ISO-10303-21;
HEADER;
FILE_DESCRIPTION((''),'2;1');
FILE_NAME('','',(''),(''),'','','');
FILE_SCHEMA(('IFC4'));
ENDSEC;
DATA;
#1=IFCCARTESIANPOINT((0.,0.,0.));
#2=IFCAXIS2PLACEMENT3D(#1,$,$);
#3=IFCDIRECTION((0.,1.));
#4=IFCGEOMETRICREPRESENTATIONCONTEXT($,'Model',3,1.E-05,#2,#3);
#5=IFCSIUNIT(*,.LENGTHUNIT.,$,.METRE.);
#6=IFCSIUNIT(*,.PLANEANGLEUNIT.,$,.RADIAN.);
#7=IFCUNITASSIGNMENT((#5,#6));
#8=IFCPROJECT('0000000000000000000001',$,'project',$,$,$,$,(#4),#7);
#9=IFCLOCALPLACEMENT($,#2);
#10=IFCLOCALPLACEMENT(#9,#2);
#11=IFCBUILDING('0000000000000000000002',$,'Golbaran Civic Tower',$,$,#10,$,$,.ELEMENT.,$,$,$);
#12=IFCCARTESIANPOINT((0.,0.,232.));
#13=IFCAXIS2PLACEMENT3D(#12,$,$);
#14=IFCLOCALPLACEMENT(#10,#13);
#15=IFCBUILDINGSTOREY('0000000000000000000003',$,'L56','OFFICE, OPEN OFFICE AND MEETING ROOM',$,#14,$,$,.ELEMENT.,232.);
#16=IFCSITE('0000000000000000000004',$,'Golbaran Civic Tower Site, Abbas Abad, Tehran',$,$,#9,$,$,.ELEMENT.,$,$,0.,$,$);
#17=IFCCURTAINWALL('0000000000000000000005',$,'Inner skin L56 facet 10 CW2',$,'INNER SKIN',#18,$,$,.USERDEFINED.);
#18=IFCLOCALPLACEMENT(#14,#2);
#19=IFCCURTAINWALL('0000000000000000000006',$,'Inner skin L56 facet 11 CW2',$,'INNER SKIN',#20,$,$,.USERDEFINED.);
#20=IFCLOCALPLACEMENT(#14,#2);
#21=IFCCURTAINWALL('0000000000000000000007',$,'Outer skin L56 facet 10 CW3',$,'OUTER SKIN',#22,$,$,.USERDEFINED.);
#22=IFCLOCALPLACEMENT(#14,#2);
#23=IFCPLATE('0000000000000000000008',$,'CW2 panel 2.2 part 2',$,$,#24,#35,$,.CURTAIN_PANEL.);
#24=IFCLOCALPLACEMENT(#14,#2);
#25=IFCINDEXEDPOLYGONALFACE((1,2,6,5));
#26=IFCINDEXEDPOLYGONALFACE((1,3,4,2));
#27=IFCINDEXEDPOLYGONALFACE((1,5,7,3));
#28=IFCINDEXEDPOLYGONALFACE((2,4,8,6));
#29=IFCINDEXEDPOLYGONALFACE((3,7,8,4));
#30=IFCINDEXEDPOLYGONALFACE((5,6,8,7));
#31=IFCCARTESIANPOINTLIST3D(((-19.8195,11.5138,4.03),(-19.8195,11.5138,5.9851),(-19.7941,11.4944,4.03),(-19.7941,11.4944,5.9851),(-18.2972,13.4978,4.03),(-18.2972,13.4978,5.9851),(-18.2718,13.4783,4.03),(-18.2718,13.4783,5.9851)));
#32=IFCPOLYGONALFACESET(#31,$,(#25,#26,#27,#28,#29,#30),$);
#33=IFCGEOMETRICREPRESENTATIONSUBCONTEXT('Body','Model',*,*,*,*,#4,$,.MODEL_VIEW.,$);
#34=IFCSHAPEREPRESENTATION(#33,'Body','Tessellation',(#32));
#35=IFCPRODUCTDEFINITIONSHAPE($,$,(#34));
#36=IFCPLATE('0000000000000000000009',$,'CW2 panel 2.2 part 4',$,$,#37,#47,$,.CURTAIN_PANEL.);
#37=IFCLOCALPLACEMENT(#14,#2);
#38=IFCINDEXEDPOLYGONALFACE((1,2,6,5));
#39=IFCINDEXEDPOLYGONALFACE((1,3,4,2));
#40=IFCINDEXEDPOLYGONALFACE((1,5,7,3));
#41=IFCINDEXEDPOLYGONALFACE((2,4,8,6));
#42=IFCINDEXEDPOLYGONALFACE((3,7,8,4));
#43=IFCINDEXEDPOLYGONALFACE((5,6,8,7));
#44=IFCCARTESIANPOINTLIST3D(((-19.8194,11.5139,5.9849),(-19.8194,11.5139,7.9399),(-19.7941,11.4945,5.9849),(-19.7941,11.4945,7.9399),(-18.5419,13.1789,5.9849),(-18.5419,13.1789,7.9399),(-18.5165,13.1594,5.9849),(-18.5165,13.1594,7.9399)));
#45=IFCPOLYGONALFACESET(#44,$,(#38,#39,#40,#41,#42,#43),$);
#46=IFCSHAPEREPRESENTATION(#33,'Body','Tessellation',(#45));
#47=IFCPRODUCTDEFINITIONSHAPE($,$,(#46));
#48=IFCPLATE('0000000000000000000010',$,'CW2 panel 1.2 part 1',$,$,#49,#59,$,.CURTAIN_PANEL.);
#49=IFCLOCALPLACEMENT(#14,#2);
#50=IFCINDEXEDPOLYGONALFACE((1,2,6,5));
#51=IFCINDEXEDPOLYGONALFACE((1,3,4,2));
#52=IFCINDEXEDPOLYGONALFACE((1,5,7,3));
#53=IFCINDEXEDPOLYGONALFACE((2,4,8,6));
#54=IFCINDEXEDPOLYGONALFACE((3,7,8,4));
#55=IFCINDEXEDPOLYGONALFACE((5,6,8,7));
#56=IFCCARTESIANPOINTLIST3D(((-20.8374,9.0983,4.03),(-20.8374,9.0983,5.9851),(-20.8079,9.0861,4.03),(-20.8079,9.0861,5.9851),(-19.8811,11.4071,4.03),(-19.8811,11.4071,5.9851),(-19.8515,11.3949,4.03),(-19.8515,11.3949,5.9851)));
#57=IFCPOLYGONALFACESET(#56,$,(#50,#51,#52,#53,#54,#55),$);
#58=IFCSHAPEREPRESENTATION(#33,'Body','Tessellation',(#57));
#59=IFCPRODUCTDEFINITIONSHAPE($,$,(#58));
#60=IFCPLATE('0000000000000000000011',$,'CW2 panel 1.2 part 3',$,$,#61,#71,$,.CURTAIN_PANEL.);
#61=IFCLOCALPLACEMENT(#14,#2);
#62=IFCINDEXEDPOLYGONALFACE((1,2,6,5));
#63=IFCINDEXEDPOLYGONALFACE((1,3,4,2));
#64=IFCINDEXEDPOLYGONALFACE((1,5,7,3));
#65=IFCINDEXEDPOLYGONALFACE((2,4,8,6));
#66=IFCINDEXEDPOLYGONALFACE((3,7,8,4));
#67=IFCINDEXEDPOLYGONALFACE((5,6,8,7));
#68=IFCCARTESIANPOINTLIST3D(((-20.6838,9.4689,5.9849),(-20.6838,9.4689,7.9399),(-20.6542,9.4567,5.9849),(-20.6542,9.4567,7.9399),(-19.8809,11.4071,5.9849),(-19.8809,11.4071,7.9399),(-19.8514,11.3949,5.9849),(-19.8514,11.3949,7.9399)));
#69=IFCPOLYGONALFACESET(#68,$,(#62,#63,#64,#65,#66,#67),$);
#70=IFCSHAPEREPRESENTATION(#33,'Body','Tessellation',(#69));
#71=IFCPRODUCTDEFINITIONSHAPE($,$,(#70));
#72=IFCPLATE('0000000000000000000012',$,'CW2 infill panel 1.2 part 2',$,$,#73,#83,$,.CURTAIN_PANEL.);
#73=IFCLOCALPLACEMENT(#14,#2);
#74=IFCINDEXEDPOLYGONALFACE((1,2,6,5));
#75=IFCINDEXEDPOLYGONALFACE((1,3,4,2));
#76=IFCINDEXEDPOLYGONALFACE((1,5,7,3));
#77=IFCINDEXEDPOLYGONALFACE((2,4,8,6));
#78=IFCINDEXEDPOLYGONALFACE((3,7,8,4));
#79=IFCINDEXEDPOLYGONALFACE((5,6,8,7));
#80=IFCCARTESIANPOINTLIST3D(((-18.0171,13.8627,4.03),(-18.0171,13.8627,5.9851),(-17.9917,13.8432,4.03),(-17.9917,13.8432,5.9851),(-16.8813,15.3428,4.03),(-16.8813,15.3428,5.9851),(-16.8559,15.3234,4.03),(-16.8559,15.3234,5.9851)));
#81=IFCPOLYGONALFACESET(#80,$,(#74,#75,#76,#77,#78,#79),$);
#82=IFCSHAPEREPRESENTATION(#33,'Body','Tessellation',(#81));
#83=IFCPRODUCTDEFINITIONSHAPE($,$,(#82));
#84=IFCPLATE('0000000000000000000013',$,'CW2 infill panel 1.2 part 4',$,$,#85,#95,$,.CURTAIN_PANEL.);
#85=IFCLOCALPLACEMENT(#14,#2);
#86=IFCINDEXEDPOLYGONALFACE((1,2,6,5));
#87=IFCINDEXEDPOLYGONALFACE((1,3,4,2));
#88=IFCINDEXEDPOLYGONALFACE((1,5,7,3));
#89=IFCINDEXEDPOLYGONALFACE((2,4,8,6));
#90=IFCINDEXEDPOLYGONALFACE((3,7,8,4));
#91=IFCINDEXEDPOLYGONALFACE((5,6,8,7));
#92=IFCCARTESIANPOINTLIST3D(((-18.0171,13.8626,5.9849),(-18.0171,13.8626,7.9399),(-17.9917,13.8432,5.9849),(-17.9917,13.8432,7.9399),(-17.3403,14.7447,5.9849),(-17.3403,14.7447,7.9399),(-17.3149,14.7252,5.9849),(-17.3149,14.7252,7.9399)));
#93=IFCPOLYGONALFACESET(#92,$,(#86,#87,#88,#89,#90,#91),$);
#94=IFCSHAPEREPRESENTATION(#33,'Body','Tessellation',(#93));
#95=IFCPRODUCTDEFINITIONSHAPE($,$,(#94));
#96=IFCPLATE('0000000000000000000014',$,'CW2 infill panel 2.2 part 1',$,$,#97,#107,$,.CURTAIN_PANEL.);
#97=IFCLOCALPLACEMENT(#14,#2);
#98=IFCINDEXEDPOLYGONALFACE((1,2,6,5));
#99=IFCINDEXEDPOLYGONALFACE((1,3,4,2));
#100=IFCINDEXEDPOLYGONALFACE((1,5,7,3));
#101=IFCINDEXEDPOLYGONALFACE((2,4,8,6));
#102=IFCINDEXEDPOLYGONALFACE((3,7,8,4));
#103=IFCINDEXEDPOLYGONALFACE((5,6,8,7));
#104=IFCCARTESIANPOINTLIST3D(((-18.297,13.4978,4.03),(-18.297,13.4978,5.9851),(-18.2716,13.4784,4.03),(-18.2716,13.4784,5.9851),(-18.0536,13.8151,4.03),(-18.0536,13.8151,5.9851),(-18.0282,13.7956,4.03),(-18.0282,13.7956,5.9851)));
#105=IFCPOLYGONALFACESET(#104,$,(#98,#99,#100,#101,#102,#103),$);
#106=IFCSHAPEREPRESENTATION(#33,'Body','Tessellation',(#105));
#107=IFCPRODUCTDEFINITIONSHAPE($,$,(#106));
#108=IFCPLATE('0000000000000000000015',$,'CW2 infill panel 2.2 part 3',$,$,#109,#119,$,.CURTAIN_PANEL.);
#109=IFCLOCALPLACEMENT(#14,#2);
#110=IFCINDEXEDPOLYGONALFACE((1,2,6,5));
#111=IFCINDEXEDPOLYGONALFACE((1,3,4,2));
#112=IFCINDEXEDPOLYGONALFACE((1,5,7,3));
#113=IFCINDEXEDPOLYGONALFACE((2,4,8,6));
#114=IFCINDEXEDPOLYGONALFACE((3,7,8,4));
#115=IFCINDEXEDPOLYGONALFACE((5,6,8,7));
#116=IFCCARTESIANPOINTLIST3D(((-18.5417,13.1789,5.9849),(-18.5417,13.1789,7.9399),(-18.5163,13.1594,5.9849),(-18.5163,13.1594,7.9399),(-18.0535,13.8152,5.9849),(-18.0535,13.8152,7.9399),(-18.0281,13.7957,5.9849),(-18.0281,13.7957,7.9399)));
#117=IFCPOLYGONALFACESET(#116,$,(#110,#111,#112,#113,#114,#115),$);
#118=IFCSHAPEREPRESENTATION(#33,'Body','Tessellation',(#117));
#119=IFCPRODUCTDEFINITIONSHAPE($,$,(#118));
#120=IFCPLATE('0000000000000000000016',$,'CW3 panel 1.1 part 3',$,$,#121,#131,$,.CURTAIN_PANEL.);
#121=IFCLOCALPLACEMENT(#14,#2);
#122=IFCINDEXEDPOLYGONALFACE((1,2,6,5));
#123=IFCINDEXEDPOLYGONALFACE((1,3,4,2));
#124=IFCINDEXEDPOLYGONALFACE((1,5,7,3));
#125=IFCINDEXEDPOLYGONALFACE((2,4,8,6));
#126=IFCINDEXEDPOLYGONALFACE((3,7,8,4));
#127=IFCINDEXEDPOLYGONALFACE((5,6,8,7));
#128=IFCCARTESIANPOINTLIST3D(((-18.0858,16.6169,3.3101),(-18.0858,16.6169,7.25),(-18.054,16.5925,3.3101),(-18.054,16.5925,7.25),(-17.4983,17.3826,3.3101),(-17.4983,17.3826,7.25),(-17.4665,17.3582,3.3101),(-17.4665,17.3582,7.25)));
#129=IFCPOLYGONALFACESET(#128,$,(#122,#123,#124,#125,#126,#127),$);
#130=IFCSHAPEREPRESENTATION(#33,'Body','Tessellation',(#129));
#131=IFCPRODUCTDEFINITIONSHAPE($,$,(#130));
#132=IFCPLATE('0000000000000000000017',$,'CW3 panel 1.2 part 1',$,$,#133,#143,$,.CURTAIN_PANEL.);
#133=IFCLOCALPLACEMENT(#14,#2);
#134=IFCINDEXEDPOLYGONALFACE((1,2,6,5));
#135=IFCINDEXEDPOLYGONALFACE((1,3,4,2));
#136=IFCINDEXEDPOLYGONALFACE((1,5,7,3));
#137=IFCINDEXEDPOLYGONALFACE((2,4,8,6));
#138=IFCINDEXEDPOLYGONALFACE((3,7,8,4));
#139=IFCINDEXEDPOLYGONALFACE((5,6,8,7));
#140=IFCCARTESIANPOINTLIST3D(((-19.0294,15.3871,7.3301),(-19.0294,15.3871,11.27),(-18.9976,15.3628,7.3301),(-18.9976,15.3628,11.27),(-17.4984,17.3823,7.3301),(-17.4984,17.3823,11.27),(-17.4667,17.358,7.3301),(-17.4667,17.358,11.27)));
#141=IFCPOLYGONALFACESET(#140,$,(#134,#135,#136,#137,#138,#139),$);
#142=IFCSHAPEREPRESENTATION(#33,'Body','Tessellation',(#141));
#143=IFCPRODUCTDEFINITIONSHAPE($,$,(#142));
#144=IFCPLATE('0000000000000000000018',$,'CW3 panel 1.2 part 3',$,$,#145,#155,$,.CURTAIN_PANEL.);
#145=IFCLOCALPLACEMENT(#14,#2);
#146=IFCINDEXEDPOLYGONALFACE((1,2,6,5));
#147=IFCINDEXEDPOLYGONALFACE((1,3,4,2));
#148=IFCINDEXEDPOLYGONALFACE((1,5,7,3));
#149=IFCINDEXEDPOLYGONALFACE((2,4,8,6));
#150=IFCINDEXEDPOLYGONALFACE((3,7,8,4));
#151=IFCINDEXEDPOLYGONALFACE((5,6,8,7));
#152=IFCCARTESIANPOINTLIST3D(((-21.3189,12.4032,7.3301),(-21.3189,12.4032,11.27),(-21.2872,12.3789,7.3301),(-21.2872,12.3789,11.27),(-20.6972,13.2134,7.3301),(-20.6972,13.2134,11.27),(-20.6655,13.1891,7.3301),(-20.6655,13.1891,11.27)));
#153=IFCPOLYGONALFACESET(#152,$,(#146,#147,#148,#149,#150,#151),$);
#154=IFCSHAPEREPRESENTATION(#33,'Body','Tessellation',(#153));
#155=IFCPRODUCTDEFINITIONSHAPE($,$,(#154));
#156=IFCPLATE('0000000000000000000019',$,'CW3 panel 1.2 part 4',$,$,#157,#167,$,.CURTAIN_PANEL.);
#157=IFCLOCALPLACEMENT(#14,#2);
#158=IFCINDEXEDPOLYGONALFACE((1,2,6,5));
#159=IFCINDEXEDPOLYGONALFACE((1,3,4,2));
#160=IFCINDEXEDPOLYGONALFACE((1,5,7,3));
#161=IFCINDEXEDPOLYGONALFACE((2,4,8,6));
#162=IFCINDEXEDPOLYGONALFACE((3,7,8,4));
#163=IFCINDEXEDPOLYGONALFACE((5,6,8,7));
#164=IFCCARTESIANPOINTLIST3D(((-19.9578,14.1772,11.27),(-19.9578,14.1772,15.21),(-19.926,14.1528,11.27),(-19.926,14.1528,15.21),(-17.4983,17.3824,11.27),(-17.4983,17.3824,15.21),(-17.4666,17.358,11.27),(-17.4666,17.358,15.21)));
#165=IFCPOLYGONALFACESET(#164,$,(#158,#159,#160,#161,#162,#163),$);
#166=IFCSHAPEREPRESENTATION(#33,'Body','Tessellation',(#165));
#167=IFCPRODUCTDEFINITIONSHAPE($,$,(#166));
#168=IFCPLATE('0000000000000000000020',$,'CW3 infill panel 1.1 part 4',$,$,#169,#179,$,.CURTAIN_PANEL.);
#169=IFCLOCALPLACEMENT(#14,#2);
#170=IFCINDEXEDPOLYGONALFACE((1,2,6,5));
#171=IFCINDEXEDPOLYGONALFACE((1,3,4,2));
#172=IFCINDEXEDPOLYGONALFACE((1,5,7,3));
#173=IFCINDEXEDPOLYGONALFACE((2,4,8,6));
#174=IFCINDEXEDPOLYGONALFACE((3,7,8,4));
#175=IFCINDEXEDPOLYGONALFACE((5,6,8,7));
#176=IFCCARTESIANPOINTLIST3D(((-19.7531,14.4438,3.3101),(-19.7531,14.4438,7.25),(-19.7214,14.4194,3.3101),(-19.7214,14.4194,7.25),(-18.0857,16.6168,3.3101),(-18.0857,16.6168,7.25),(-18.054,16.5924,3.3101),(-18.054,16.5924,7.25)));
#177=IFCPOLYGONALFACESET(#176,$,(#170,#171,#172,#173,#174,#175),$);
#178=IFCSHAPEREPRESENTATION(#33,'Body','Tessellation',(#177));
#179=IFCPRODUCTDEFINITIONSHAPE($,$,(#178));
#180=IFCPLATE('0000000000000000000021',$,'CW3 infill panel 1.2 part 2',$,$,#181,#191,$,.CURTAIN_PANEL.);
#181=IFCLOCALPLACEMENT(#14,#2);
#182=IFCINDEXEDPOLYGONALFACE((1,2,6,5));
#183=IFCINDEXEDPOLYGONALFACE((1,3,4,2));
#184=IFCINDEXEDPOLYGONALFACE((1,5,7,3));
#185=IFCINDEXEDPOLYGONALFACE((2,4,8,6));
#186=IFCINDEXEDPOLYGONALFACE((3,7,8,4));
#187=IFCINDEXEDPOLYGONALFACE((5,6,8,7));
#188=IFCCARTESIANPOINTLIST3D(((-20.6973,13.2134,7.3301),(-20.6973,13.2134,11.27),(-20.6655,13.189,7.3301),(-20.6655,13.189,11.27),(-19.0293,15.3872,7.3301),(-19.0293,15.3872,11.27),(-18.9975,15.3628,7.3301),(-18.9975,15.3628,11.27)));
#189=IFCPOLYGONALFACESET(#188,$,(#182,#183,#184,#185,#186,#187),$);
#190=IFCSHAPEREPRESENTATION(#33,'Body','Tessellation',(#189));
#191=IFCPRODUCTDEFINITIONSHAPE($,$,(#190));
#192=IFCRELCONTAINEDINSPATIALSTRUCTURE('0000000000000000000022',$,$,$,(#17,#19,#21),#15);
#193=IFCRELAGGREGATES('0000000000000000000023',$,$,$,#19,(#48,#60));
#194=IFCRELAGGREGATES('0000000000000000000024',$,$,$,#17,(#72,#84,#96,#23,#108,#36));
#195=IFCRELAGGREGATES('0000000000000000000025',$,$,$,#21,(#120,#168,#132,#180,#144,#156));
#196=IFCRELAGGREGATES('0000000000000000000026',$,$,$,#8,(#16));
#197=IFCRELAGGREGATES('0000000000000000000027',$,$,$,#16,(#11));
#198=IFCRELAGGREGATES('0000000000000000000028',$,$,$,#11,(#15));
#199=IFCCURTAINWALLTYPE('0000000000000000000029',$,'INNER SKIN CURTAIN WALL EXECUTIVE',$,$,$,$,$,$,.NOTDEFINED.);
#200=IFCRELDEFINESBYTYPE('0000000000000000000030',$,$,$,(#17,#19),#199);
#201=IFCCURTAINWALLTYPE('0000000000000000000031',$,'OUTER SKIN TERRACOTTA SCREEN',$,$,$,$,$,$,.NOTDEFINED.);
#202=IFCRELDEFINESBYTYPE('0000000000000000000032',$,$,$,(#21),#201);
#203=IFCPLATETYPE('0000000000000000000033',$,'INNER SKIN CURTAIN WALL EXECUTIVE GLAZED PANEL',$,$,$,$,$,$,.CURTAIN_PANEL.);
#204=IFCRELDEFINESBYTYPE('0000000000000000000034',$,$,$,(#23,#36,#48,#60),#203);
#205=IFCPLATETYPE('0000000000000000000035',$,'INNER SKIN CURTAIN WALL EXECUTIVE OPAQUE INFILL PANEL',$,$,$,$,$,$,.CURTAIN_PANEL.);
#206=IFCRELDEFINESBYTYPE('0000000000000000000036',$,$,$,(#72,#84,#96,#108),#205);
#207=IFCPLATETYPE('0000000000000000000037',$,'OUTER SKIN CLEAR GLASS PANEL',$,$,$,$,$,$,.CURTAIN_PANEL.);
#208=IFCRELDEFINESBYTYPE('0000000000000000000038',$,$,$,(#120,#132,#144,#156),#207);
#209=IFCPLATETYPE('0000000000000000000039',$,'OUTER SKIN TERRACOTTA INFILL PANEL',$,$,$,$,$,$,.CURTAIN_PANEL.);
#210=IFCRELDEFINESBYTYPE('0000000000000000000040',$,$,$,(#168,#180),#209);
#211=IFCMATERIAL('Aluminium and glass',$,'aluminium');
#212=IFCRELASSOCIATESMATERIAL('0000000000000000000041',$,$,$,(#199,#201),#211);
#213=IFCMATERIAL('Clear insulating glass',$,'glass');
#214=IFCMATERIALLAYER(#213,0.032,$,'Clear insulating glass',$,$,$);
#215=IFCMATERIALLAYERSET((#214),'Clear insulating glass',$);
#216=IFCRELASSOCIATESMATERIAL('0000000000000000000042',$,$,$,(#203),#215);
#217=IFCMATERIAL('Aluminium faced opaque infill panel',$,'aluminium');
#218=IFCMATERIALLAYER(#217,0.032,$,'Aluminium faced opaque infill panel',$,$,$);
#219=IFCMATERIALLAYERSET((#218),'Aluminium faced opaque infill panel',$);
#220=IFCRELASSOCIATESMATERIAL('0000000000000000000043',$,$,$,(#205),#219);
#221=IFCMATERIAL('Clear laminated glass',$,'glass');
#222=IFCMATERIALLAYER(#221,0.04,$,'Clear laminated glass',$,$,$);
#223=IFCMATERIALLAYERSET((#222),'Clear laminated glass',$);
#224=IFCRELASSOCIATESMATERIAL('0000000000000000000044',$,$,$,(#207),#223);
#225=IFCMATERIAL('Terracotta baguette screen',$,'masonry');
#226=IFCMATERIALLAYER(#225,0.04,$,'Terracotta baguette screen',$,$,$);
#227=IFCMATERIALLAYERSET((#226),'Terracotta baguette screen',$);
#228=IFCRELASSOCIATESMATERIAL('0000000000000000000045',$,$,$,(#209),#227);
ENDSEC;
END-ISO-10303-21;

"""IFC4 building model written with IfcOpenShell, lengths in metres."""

from ifc_helpers import new_model, si_unit, direction, frame, origin, origin_2d, place, context, subcontext, project, spatial, rectangle, extrude, material, layer, layer_set, type_object, element, aggregate, save


model = new_model("IFC4")

# Units and contexts
model_context = context("Model", 3, precision=1e-05, world=origin(), true_north=direction((0.0, 1.0)))
body_context = subcontext(model_context, "Body", "Model", "MODEL_VIEW")
ifc_project = project(units=[si_unit("LENGTHUNIT", "METRE"), si_unit("PLANEANGLEUNIT", "RADIAN")], contexts=[model_context])

# Site, building, storey
site_placement = place(None, origin())
site = spatial("IfcSite", under=ifc_project, at=site_placement, Name="Golbaran Civic Tower Site, Abbas Abad, Tehran", CompositionType="ELEMENT", RefElevation=0.0)
building_placement = place(site_placement, origin())
building = spatial("IfcBuilding", under=site, at=building_placement, Name="Golbaran Civic Tower", CompositionType="ELEMENT")
storey_placement = place(building_placement, frame((0.0, 0.0, 232.0)))
storey = spatial("IfcBuildingStorey", under=building, at=storey_placement, Name="L56", Description="OFFICE, OPEN OFFICE AND MEETING ROOM", CompositionType="ELEMENT", Elevation=232.0)

# Curtain walls
ifc_material_1 = material(Name="Aluminium and glass", Category="aluminium")
curtain_wall_type_1 = type_object("IfcCurtainWallType", Name="INNER SKIN CURTAIN WALL EXECUTIVE", PredefinedType="NOTDEFINED", material=ifc_material_1)
curtain_wall_1_placement = place(storey_placement, origin())
curtain_wall_1 = element("IfcCurtainWall", 1, at=curtain_wall_1_placement, inside=storey, type_object=curtain_wall_type_1, Name="Inner skin L56 facet 10 CW2", ObjectType="INNER SKIN", PredefinedType="USERDEFINED")
curtain_wall_2_placement = place(storey_placement, origin())
curtain_wall_2 = element("IfcCurtainWall", 2, at=curtain_wall_2_placement, inside=storey, type_object=curtain_wall_type_1, Name="Inner skin L56 facet 11 CW2", ObjectType="INNER SKIN", PredefinedType="USERDEFINED")
curtain_wall_type_2 = type_object("IfcCurtainWallType", Name="OUTER SKIN TERRACOTTA SCREEN", PredefinedType="NOTDEFINED", material=ifc_material_1)
curtain_wall_3_placement = place(storey_placement, origin())
curtain_wall_3 = element("IfcCurtainWall", 3, at=curtain_wall_3_placement, inside=storey, type_object=curtain_wall_type_2, Name="Outer skin L56 facet 10 CW3", ObjectType="OUTER SKIN", PredefinedType="USERDEFINED")

# Shared definitions
ifc_material_2 = material(Name="Clear insulating glass", Category="glass")
ifc_layer_1 = layer(ifc_material_2, 0.032, Name="Clear insulating glass")
ifc_layer_set_1 = layer_set([ifc_layer_1], Name="Clear insulating glass")
plate_type_1 = type_object("IfcPlateType", Name="INNER SKIN CURTAIN WALL EXECUTIVE GLAZED PANEL", PredefinedType="CURTAIN_PANEL", material=ifc_layer_set_1)

# Plates
plate_1_placement = place(storey_placement, frame((-19.0457, 12.4961, 4.03), z_axis=(0.0, 0.0, 1.0), x_axis=(-0.608761, -0.793353, 0.0)))
plate_1 = element("IfcPlate", 4, at=plate_1_placement, type_object=plate_type_1, Name="CW2 panel 2.2 part 2", PredefinedType="CURTAIN_PANEL", context=body_context, shape_type="SweptSolid", body=[
    extrude(rectangle(XDim=2.5007, YDim=0.032, at=origin_2d()), origin(), (0.0, 0.0, 1.0), 1.9551),
])
plate_2_placement = place(storey_placement, frame((-19.168, 12.3367, 5.9849), z_axis=(0.0, 0.0, 1.0), x_axis=(-0.608761, -0.793353, 0.0)))
plate_2 = element("IfcPlate", 5, at=plate_2_placement, type_object=plate_type_1, Name="CW2 panel 2.2 part 4", PredefinedType="CURTAIN_PANEL", context=body_context, shape_type="SweptSolid", body=[
    extrude(rectangle(XDim=2.0986, YDim=0.032, at=origin_2d()), origin(), (0.0, 0.0, 1.0), 1.9551),
])
plate_3_placement = place(storey_placement, frame((-20.3445, 10.2466, 4.03), z_axis=(0.0, 0.0, 1.0), x_axis=(-0.382683, -0.92388, 0.0)))
plate_3 = element("IfcPlate", 6, at=plate_3_placement, type_object=plate_type_1, Name="CW2 panel 1.2 part 1", PredefinedType="CURTAIN_PANEL", context=body_context, shape_type="SweptSolid", body=[
    extrude(rectangle(XDim=2.499, YDim=0.032, at=origin_2d()), origin(), (0.0, 0.0, 1.0), 1.9551),
])
plate_4_placement = place(storey_placement, frame((-20.2676, 10.4319, 5.9849), z_axis=(0.0, 0.0, 1.0), x_axis=(-0.382683, -0.92388, 0.0)))
plate_4 = element("IfcPlate", 7, at=plate_4_placement, type_object=plate_type_1, Name="CW2 panel 1.2 part 3", PredefinedType="CURTAIN_PANEL", context=body_context, shape_type="SweptSolid", body=[
    extrude(rectangle(XDim=2.0979, YDim=0.032, at=origin_2d()), origin(), (0.0, 0.0, 1.0), 1.9551),
])
aggregate(curtain_wall_2, [plate_3, plate_4])
ifc_material_3 = material(Name="Aluminium faced opaque infill panel", Category="aluminium")
ifc_layer_2 = layer(ifc_material_3, 0.032, Name="Aluminium faced opaque infill panel")
ifc_layer_set_2 = layer_set([ifc_layer_2], Name="Aluminium faced opaque infill panel")
plate_type_2 = type_object("IfcPlateType", Name="INNER SKIN CURTAIN WALL EXECUTIVE OPAQUE INFILL PANEL", PredefinedType="CURTAIN_PANEL", material=ifc_layer_set_2)
plate_5_placement = place(storey_placement, frame((-17.4365, 14.593, 4.03), z_axis=(0.0, 0.0, 1.0), x_axis=(-0.608761, -0.793353, 0.0)))
plate_5 = element("IfcPlate", 8, at=plate_5_placement, type_object=plate_type_2, Name="CW2 infill panel 1.2 part 2", PredefinedType="CURTAIN_PANEL", context=body_context, shape_type="SweptSolid", body=[
    extrude(rectangle(XDim=1.8657, YDim=0.032, at=origin_2d()), origin(), (0.0, 0.0, 1.0), 1.9551),
])
plate_6_placement = place(storey_placement, frame((-17.666, 14.2939, 5.9849), z_axis=(0.0, 0.0, 1.0), x_axis=(-0.608761, -0.793353, 0.0)))
plate_6 = element("IfcPlate", 9, at=plate_6_placement, type_object=plate_type_2, Name="CW2 infill panel 1.2 part 4", PredefinedType="CURTAIN_PANEL", context=body_context, shape_type="SweptSolid", body=[
    extrude(rectangle(XDim=1.1118, YDim=0.032, at=origin_2d()), origin(), (0.0, 0.0, 1.0), 1.9551),
])
plate_7_placement = place(storey_placement, frame((-18.1626, 13.6467, 4.03), z_axis=(0.0, 0.0, 1.0), x_axis=(-0.608761, -0.793353, 0.0)))
plate_7 = element("IfcPlate", 10, at=plate_7_placement, type_object=plate_type_2, Name="CW2 infill panel 2.2 part 1", PredefinedType="CURTAIN_PANEL", context=body_context, shape_type="SweptSolid", body=[
    extrude(rectangle(XDim=0.3999, YDim=0.032, at=origin_2d()), origin(), (0.0, 0.0, 1.0), 1.9551),
])
plate_8_placement = place(storey_placement, frame((-18.2849, 13.4873, 5.9849), z_axis=(0.0, 0.0, 1.0), x_axis=(-0.608761, -0.793353, 0.0)))
plate_8 = element("IfcPlate", 11, at=plate_8_placement, type_object=plate_type_2, Name="CW2 infill panel 2.2 part 3", PredefinedType="CURTAIN_PANEL", context=body_context, shape_type="SweptSolid", body=[
    extrude(rectangle(XDim=0.802, YDim=0.032, at=origin_2d()), origin(), (0.0, 0.0, 1.0), 1.9551),
])
aggregate(curtain_wall_1, [plate_5, plate_6, plate_7, plate_1, plate_8, plate_2])
ifc_material_4 = material(Name="Clear laminated glass", Category="glass")
ifc_layer_3 = layer(ifc_material_4, 0.04, Name="Clear laminated glass")
ifc_layer_set_3 = layer_set([ifc_layer_3], Name="Clear laminated glass")
plate_type_3 = type_object("IfcPlateType", Name="OUTER SKIN CLEAR GLASS PANEL", PredefinedType="CURTAIN_PANEL", material=ifc_layer_set_3)
plate_9_placement = place(storey_placement, frame((-17.7761, 16.9875, 3.3101), z_axis=(0.0, 0.0, 1.0), x_axis=(-0.608761, -0.793353, 0.0)))
plate_9 = element("IfcPlate", 12, at=plate_9_placement, type_object=plate_type_3, Name="CW3 panel 1.1 part 3", PredefinedType="CURTAIN_PANEL", context=body_context, shape_type="SweptSolid", body=[
    extrude(rectangle(XDim=0.9651, YDim=0.04, at=origin_2d()), origin(), (0.0, 0.0, 1.0), 3.9399),
])
plate_10_placement = place(storey_placement, frame((-18.248, 16.3726, 7.3301), z_axis=(0.0, 0.0, 1.0), x_axis=(-0.608761, -0.793353, 0.0)))
plate_10 = element("IfcPlate", 13, at=plate_10_placement, type_object=plate_type_3, Name="CW3 panel 1.2 part 1", PredefinedType="CURTAIN_PANEL", context=body_context, shape_type="SweptSolid", body=[
    extrude(rectangle(XDim=2.5149, YDim=0.04, at=origin_2d()), origin(), (0.0, 0.0, 1.0), 3.9399),
])
plate_11_placement = place(storey_placement, frame((-20.9922, 12.7961, 7.3301), z_axis=(0.0, 0.0, 1.0), x_axis=(-0.608761, -0.793353, 0.0)))
plate_11 = element("IfcPlate", 14, at=plate_11_placement, type_object=plate_type_3, Name="CW3 panel 1.2 part 3", PredefinedType="CURTAIN_PANEL", context=body_context, shape_type="SweptSolid", body=[
    extrude(rectangle(XDim=1.0212, YDim=0.04, at=origin_2d()), origin(), (0.0, 0.0, 1.0), 3.9399),
])
plate_12_placement = place(storey_placement, frame((-18.7122, 15.7676, 11.27), z_axis=(0.0, 0.0, 1.0), x_axis=(-0.608761, -0.793353, 0.0)))
plate_12 = element("IfcPlate", 15, at=plate_12_placement, type_object=plate_type_3, Name="CW3 panel 1.2 part 4", PredefinedType="CURTAIN_PANEL", context=body_context, shape_type="SweptSolid", body=[
    extrude(rectangle(XDim=4.04, YDim=0.04, at=origin_2d()), origin(), (0.0, 0.0, 1.0), 3.9399),
])
ifc_material_5 = material(Name="Terracotta baguette screen", Category="masonry")
ifc_layer_4 = layer(ifc_material_5, 0.04, Name="Terracotta baguette screen")
ifc_layer_set_4 = layer_set([ifc_layer_4], Name="Terracotta baguette screen")
plate_type_4 = type_object("IfcPlateType", Name="OUTER SKIN TERRACOTTA INFILL PANEL", PredefinedType="CURTAIN_PANEL", material=ifc_layer_set_4)
plate_13_placement = place(storey_placement, frame((-18.9036, 15.5181, 3.3101), z_axis=(0.0, 0.0, 1.0), x_axis=(-0.608761, -0.793353, 0.0)))
plate_13 = element("IfcPlate", 16, at=plate_13_placement, type_object=plate_type_4, Name="CW3 infill panel 1.1 part 4", PredefinedType="CURTAIN_PANEL", context=body_context, shape_type="SweptSolid", body=[
    extrude(rectangle(XDim=2.739, YDim=0.04, at=origin_2d()), origin(), (0.0, 0.0, 1.0), 3.9399),
])
plate_14_placement = place(storey_placement, frame((-19.8474, 14.2881, 7.3301), z_axis=(0.0, 0.0, 1.0), x_axis=(-0.608761, -0.793353, 0.0)))
plate_14 = element("IfcPlate", 17, at=plate_14_placement, type_object=plate_type_4, Name="CW3 infill panel 1.2 part 2", PredefinedType="CURTAIN_PANEL", context=body_context, shape_type="SweptSolid", body=[
    extrude(rectangle(XDim=2.74, YDim=0.04, at=origin_2d()), origin(), (0.0, 0.0, 1.0), 3.9399),
])
aggregate(curtain_wall_3, [plate_9, plate_13, plate_10, plate_14, plate_11, plate_12])

save(model, "model.ifc")
